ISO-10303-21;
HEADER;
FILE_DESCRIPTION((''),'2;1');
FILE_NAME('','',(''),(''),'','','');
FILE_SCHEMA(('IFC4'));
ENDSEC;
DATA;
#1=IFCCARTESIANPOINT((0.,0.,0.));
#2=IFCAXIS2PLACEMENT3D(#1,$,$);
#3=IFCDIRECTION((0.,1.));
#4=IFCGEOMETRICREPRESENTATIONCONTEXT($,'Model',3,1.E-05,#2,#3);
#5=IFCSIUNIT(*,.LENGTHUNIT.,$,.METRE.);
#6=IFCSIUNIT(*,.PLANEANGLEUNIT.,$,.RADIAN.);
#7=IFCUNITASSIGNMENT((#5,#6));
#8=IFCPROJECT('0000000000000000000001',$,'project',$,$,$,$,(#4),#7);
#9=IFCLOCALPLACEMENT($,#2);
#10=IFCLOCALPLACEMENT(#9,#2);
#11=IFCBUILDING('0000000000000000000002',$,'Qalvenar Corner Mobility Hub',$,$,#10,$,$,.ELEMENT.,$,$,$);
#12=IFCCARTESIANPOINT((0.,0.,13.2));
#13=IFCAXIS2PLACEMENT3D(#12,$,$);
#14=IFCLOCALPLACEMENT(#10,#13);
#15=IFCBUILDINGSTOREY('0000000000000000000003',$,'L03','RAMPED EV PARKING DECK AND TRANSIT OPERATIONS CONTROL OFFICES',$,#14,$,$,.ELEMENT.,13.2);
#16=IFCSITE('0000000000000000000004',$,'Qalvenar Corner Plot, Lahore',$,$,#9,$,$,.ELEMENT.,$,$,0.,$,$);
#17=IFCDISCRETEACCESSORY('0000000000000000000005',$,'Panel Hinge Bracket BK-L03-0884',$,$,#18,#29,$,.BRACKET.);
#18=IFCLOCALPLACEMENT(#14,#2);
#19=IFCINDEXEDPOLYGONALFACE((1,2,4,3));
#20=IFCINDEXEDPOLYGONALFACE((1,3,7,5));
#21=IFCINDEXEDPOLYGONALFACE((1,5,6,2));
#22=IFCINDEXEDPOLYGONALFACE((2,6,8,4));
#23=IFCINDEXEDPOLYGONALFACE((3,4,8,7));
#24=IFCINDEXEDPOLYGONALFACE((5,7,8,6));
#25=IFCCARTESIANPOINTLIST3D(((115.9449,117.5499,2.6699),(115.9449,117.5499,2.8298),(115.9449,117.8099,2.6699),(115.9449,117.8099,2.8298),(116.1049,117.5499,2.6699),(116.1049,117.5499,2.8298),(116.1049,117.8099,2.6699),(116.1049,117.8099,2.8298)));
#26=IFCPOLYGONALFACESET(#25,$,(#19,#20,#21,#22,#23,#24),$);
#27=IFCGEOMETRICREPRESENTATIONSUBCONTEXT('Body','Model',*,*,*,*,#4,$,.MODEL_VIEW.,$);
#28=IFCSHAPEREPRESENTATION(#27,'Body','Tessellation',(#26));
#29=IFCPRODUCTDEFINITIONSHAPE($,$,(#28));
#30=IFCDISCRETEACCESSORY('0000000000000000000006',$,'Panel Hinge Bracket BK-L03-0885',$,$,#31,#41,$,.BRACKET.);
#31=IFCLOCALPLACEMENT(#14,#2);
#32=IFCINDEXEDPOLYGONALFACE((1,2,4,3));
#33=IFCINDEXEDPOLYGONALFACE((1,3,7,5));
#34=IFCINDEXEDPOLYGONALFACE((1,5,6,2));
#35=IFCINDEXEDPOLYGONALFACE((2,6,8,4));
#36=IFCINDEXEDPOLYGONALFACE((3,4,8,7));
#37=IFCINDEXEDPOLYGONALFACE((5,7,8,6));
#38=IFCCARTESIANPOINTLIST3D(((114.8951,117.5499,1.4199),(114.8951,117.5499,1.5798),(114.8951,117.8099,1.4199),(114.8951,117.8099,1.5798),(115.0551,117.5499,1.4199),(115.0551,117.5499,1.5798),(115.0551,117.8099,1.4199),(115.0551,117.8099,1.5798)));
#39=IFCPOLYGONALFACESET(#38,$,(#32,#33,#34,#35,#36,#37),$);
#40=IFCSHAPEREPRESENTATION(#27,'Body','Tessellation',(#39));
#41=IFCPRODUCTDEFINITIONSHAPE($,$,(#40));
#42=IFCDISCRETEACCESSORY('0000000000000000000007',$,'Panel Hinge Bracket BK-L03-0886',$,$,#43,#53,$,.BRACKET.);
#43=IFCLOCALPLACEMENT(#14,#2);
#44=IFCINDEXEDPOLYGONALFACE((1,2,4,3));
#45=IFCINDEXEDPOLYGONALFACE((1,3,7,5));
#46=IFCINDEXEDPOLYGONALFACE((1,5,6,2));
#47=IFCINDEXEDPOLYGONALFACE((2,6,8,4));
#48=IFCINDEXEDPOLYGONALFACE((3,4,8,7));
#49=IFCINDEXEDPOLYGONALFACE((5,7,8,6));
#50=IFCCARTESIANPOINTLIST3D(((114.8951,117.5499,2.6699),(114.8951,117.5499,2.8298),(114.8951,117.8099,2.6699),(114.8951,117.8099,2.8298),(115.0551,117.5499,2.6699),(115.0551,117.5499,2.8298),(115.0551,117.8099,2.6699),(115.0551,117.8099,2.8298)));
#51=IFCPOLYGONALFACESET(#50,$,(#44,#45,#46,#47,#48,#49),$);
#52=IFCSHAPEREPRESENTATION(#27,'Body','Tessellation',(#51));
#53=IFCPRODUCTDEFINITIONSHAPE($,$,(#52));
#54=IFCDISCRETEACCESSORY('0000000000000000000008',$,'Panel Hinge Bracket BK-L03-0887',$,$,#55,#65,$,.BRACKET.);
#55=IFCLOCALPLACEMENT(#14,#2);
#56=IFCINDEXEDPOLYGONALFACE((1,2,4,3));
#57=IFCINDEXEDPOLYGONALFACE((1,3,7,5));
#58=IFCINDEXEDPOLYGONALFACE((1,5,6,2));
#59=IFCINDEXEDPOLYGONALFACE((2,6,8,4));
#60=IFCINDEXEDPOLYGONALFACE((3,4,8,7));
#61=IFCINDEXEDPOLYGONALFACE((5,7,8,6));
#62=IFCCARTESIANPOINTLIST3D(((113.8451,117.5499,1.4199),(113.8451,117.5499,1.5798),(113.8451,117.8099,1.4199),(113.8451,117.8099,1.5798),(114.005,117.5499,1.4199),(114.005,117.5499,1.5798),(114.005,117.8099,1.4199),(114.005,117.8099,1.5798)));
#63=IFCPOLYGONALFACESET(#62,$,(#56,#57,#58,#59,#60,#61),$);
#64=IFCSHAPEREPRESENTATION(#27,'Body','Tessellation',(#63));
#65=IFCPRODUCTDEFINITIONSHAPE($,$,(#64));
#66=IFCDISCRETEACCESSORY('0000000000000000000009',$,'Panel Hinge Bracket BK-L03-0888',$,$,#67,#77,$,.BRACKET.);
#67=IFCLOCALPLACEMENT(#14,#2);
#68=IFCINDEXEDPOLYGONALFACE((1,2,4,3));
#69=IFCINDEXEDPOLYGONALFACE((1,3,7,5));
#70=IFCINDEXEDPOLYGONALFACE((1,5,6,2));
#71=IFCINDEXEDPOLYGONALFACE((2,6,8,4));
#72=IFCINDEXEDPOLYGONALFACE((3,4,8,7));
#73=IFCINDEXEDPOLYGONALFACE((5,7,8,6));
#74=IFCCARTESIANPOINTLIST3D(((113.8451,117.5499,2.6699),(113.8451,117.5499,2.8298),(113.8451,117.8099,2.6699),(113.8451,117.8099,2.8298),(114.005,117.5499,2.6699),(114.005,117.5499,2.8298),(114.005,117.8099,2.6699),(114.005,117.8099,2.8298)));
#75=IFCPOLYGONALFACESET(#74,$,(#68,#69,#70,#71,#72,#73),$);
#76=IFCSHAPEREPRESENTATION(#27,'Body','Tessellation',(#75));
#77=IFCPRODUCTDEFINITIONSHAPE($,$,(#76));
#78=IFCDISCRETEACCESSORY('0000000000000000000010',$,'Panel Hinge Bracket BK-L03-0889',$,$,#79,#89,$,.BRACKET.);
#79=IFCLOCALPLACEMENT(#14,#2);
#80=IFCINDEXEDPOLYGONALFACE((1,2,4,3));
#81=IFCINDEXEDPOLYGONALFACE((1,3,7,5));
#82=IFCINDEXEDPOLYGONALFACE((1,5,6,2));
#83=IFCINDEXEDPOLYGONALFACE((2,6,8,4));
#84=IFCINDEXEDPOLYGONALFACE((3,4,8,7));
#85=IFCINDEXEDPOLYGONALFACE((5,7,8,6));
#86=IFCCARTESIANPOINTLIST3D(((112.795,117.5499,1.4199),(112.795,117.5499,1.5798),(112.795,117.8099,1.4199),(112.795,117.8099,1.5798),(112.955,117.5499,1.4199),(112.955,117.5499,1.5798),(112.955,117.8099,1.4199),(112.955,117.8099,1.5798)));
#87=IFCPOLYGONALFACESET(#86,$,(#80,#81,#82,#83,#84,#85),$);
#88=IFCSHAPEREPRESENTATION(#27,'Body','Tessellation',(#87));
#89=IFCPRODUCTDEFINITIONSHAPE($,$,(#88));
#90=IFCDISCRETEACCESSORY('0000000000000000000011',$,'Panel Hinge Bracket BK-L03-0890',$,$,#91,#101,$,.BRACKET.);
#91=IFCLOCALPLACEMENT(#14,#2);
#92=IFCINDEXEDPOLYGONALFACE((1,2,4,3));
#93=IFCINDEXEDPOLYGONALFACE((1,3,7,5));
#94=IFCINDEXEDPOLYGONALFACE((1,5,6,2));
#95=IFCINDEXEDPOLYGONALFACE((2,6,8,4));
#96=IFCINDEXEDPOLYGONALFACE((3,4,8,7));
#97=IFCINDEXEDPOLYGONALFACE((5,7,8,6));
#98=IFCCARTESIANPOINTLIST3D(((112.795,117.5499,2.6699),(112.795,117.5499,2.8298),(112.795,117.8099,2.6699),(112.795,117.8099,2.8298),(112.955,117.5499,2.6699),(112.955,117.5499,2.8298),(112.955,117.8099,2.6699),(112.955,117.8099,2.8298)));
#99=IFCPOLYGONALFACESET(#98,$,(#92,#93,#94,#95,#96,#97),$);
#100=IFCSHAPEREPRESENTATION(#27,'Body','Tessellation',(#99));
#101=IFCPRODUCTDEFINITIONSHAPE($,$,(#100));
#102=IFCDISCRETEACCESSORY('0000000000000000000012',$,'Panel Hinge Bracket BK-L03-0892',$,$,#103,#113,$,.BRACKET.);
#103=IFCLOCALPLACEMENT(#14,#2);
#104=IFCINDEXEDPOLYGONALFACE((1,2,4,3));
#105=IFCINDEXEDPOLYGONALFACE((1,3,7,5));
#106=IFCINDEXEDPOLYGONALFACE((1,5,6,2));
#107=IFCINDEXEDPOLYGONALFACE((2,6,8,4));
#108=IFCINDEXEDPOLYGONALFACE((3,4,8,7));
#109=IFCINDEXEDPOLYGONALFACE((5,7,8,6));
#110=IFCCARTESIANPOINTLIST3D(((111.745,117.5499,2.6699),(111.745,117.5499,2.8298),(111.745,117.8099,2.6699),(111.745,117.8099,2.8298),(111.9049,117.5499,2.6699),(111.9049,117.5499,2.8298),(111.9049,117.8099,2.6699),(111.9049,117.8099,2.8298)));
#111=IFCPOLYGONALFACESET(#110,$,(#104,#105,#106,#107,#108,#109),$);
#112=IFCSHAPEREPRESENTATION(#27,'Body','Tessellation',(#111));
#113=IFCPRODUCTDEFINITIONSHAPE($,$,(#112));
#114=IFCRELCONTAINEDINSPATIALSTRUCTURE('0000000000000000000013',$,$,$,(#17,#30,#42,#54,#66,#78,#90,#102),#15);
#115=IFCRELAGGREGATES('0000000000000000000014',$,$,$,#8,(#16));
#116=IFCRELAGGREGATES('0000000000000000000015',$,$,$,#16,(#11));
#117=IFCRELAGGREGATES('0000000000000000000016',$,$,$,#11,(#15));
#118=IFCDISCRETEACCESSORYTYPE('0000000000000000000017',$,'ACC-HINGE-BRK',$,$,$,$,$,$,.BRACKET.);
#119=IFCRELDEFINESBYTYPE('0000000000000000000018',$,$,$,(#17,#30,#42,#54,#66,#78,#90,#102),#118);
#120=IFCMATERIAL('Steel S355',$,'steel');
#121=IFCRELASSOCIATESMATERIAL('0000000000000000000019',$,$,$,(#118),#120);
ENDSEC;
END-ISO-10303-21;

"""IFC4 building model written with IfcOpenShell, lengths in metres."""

from ifc_helpers import new_model, si_unit, direction, frame, origin, origin_2d, place, context, subcontext, project, spatial, rectangle, extrude, material, type_object, element, save


model = new_model("IFC4")

# Units and contexts
model_context = context("Model", 3, precision=1e-05, world=origin(), true_north=direction((0.0, 1.0)))
body_context = subcontext(model_context, "Body", "Model", "MODEL_VIEW")
ifc_project = project(units=[si_unit("LENGTHUNIT", "METRE"), si_unit("PLANEANGLEUNIT", "RADIAN")], contexts=[model_context])

# Site, building, storey
site_placement = place(None, origin())
site = spatial("IfcSite", under=ifc_project, at=site_placement, Name="Qalvenar Corner Plot, Lahore", CompositionType="ELEMENT", RefElevation=0.0)
building_placement = place(site_placement, origin())
building = spatial("IfcBuilding", under=site, at=building_placement, Name="Qalvenar Corner Mobility Hub", CompositionType="ELEMENT")
storey_placement = place(building_placement, frame((0.0, 0.0, 13.2)))
storey = spatial("IfcBuildingStorey", under=building, at=storey_placement, Name="L03", Description="RAMPED EV PARKING DECK AND TRANSIT OPERATIONS CONTROL OFFICES", CompositionType="ELEMENT", Elevation=13.2)

# Discrete accessories
ifc_material_1 = material(Name="Steel S355", Category="steel")
discrete_accessory_type = type_object("IfcDiscreteAccessoryType", Name="ACC-HINGE-BRK", PredefinedType="BRACKET", material=ifc_material_1)
for number, where, z_axis, x_axis, name in (
    (1, (116.0249, 117.6799, 2.6699), (0.0, 0.0, 1.0), (-1.0, 0.0, 0.0), "Panel Hinge Bracket BK-L03-0884"),
    (2, (114.9751, 117.6799, 1.4199), (0.0, 0.0, 1.0), (-1.0, 0.0, 0.0), "Panel Hinge Bracket BK-L03-0885"),
    (3, (114.9751, 117.6799, 2.6699), (0.0, 0.0, 1.0), (-1.0, 0.0, 0.0), "Panel Hinge Bracket BK-L03-0886"),
    (4, (113.925, 117.6799, 1.4199), (0.0, 0.0, 1.0), (-1.0, 0.0, 0.0), "Panel Hinge Bracket BK-L03-0887"),
    (5, (113.925, 117.6799, 2.6699), (0.0, 0.0, 1.0), (-1.0, 0.0, 0.0), "Panel Hinge Bracket BK-L03-0888"),
    (6, (112.875, 117.6799, 1.4199), (0.0, 0.0, 1.0), (-1.0, 0.0, 0.0), "Panel Hinge Bracket BK-L03-0889"),
    (7, (112.875, 117.6799, 2.6699), (0.0, 0.0, 1.0), (-1.0, 0.0, 0.0), "Panel Hinge Bracket BK-L03-0890"),
    (8, (111.825, 117.6799, 2.6699), (0.0, 0.0, 1.0), (-1.0, 0.0, 0.0), "Panel Hinge Bracket BK-L03-0892"),
):
    element("IfcDiscreteAccessory", number, at=place(storey_placement, frame(where, z_axis=z_axis, x_axis=x_axis)), inside=storey, type_object=discrete_accessory_type, Name=name, PredefinedType="BRACKET", context=body_context, shape_type="SweptSolid", body=[
        extrude(rectangle(XDim=0.1599, YDim=0.26, at=origin_2d()), origin(), (0.0, 0.0, 1.0), 0.1599),
    ])

save(model, "model.ifc")
